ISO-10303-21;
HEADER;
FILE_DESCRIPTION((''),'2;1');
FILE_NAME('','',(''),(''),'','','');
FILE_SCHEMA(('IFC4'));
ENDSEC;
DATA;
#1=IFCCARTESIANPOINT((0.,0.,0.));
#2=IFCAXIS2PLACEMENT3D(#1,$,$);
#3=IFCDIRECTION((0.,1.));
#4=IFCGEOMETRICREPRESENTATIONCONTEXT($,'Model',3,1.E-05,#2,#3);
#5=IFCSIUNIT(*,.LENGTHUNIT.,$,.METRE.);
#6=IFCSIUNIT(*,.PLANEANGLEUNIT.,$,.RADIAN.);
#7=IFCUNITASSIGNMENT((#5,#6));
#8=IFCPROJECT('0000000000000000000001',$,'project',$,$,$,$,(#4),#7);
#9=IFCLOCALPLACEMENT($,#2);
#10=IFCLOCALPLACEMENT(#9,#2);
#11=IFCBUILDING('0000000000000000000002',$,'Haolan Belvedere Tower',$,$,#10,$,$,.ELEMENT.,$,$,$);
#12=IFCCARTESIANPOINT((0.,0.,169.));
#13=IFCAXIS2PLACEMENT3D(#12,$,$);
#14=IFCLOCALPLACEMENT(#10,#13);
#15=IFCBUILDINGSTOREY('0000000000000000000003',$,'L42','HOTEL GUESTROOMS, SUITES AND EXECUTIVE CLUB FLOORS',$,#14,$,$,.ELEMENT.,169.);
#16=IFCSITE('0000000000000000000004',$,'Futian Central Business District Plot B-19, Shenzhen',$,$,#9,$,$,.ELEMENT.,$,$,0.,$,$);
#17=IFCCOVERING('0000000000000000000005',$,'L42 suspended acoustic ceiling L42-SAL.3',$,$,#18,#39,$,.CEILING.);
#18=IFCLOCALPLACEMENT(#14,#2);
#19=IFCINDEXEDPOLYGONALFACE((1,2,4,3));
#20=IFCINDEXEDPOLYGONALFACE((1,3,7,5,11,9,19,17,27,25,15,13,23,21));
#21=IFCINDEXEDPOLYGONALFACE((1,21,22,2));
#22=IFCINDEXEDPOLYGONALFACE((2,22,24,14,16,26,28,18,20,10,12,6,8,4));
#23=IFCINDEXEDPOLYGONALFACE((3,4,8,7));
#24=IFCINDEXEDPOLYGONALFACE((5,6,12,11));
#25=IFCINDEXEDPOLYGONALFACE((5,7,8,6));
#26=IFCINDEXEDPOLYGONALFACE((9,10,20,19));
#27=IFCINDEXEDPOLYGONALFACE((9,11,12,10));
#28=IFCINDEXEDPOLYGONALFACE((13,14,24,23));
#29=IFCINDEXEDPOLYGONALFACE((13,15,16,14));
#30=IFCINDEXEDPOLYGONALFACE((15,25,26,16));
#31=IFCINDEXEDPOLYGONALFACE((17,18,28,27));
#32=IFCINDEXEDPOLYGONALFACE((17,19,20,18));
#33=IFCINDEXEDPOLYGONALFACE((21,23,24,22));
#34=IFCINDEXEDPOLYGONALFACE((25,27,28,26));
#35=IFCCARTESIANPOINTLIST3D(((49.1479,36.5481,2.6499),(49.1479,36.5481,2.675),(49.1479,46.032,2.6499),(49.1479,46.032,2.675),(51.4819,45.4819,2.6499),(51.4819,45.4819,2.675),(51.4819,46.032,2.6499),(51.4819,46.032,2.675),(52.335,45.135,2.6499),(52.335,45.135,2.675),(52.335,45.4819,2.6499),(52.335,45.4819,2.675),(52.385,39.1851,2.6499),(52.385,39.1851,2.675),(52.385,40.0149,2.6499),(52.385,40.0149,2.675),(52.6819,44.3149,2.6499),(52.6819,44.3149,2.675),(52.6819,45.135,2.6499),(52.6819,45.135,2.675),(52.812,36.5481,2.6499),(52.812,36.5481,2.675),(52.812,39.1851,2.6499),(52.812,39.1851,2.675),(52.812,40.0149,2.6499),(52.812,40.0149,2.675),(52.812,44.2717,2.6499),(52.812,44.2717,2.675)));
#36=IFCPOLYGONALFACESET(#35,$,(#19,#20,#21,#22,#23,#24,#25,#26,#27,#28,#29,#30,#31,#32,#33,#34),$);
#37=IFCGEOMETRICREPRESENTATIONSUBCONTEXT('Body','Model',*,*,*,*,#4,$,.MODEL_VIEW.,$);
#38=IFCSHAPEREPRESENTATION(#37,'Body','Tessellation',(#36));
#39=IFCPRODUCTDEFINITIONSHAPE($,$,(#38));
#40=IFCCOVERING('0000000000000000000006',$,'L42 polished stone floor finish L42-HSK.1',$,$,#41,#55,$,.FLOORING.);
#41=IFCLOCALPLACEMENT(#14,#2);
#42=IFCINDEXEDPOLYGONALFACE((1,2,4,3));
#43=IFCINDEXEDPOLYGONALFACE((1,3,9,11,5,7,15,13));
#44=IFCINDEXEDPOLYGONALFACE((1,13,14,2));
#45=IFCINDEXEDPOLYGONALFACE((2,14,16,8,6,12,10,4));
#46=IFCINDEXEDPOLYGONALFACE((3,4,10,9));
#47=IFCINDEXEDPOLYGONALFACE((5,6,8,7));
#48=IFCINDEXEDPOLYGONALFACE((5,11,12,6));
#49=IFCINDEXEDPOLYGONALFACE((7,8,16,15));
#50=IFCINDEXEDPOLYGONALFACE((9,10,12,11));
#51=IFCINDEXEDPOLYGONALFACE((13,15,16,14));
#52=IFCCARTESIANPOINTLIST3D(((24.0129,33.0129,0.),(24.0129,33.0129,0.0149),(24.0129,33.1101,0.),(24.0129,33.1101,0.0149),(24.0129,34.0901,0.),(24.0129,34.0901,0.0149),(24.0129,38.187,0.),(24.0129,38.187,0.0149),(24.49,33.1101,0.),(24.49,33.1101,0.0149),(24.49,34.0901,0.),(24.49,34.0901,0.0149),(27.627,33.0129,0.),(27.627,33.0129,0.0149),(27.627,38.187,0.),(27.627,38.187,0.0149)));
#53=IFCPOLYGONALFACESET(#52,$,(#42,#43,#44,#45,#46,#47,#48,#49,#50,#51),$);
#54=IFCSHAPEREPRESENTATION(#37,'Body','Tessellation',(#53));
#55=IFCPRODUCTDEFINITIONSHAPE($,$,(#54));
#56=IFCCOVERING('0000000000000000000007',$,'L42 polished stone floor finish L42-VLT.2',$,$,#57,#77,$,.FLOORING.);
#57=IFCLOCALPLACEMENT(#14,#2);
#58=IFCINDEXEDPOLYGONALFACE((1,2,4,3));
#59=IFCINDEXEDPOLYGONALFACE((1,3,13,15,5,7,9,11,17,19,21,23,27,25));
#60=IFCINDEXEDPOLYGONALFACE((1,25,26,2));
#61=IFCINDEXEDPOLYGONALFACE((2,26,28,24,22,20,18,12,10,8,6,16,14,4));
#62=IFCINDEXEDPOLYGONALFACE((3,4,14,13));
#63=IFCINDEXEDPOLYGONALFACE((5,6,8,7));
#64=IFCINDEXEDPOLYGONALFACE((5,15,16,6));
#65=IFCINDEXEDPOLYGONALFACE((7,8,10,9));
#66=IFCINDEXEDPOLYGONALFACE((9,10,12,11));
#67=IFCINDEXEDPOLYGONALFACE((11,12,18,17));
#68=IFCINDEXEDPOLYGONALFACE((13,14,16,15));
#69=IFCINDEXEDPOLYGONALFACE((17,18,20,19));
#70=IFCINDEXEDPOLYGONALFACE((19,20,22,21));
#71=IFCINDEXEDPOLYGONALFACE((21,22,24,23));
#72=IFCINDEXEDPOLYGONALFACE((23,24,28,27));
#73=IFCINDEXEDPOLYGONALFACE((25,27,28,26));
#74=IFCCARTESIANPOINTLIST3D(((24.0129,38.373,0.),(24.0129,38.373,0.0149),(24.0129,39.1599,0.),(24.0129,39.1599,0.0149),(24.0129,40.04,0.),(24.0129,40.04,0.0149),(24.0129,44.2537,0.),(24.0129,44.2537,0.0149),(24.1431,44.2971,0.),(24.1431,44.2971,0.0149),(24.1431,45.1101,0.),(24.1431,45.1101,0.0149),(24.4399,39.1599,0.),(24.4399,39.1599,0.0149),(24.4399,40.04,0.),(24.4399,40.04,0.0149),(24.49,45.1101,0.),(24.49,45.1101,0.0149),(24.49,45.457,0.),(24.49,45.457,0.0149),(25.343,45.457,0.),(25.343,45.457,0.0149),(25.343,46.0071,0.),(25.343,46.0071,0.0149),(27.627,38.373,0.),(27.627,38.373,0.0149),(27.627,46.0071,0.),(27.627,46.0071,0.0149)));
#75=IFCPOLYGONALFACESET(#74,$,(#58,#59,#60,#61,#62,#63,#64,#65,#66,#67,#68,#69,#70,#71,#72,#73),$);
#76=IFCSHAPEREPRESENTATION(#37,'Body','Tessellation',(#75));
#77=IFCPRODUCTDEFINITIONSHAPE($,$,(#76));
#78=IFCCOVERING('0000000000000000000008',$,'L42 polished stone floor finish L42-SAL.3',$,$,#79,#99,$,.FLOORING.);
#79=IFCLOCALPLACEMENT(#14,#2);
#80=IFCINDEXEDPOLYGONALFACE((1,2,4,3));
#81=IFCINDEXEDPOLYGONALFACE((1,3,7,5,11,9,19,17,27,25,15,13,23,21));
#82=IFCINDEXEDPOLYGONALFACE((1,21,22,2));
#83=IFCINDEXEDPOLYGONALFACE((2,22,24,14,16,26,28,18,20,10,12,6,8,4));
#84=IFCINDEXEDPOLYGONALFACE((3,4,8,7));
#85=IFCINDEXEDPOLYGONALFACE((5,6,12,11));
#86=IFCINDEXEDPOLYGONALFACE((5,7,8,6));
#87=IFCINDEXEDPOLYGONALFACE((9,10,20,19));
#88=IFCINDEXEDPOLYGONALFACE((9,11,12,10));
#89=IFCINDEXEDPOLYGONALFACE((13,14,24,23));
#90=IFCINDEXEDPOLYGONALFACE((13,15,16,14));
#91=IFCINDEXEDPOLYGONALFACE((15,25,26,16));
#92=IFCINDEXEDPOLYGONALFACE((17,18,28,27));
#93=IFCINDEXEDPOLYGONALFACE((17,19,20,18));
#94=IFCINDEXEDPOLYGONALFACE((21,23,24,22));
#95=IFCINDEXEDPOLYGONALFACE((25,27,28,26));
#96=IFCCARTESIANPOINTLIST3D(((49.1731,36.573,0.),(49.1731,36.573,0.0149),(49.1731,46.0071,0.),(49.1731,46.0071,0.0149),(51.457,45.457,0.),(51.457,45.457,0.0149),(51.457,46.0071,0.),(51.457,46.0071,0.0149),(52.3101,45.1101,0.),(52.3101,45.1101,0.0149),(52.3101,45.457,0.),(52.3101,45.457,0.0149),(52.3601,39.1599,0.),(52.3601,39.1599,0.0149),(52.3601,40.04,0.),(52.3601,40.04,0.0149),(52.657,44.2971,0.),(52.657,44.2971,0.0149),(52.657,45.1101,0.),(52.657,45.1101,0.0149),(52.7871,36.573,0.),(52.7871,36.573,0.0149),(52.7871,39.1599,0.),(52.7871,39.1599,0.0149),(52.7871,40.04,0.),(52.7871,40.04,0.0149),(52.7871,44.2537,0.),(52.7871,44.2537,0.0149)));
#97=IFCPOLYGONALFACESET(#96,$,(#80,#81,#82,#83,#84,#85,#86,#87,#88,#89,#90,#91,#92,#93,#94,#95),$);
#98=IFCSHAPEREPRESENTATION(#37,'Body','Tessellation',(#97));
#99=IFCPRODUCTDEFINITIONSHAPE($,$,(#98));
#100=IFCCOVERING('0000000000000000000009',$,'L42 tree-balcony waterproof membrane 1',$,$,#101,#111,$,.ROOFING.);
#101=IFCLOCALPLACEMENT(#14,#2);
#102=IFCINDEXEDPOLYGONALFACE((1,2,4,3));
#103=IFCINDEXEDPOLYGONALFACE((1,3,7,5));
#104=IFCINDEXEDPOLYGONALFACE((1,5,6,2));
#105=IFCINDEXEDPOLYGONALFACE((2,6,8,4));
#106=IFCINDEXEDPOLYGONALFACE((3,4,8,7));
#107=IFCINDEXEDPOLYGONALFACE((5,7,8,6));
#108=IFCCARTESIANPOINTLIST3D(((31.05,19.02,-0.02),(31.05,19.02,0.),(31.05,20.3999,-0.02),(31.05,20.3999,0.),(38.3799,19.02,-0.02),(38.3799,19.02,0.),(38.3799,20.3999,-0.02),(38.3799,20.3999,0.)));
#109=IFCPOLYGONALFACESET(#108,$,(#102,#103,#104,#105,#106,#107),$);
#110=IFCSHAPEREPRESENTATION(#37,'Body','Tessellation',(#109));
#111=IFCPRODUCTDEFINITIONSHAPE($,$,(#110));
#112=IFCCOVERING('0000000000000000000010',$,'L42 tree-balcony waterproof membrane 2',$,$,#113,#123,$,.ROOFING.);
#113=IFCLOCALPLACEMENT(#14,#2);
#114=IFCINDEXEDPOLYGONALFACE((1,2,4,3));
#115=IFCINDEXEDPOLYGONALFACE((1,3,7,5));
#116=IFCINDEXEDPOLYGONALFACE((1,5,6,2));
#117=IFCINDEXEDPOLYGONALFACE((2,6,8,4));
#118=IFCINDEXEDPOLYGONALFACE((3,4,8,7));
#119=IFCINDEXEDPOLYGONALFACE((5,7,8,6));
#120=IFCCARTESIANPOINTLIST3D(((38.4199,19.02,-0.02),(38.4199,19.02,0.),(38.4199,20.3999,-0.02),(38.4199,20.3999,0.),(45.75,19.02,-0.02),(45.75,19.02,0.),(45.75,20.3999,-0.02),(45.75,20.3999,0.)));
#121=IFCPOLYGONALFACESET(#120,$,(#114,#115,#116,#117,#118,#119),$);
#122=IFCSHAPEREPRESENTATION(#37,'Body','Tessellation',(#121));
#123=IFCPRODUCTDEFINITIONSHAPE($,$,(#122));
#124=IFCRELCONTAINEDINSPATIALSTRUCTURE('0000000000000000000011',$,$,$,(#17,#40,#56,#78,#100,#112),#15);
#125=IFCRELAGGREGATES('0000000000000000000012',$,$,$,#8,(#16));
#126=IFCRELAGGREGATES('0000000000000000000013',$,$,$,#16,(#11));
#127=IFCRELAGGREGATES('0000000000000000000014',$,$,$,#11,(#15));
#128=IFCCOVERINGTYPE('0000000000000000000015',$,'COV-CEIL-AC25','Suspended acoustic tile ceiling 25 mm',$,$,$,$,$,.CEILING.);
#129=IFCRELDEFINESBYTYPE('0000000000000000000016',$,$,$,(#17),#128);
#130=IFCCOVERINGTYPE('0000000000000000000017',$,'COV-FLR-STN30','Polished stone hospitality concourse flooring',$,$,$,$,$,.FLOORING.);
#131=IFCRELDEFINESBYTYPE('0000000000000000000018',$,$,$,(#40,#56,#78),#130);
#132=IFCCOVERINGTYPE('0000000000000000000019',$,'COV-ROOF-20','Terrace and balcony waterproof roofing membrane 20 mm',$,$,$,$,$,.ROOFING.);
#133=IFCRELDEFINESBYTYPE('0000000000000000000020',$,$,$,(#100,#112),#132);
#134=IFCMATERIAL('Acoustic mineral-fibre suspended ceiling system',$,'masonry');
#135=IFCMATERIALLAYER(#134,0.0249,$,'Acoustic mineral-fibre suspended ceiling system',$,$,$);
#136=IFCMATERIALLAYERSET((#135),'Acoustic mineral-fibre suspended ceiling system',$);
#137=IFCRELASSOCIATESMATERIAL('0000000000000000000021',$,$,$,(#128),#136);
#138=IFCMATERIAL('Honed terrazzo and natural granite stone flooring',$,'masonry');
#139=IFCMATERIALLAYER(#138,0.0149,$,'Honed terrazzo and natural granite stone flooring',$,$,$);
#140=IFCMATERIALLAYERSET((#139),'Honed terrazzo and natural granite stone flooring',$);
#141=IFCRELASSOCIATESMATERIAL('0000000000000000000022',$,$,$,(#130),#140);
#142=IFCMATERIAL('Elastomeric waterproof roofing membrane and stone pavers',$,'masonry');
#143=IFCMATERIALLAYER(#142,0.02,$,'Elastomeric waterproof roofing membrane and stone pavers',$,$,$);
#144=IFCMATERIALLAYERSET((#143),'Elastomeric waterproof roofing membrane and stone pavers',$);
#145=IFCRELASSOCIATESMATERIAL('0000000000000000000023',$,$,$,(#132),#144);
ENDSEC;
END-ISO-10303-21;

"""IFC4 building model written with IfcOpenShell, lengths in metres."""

from ifc_helpers import new_model, si_unit, direction, frame, origin, place, context, subcontext, project, spatial, polyline, outline, extrude, material, layer, layer_set, type_object, element, save


model = new_model("IFC4")

# Units and contexts
model_context = context("Model", 3, precision=1e-05, world=origin(), true_north=direction((0.0, 1.0)))
body_context = subcontext(model_context, "Body", "Model", "MODEL_VIEW")
ifc_project = project(units=[si_unit("LENGTHUNIT", "METRE"), si_unit("PLANEANGLEUNIT", "RADIAN")], contexts=[model_context])

# Site, building, storey
site_placement = place(None, origin())
site = spatial("IfcSite", under=ifc_project, at=site_placement, Name="Futian Central Business District Plot B-19, Shenzhen", CompositionType="ELEMENT", RefElevation=0.0)
building_placement = place(site_placement, origin())
building = spatial("IfcBuilding", under=site, at=building_placement, Name="Haolan Belvedere Tower", CompositionType="ELEMENT")
storey_placement = place(building_placement, frame((0.0, 0.0, 169.0)))
storey = spatial("IfcBuildingStorey", under=building, at=storey_placement, Name="L42", Description="HOTEL GUESTROOMS, SUITES AND EXECUTIVE CLUB FLOORS", CompositionType="ELEMENT", Elevation=169.0)

# Coverings
ifc_material_1 = material(Name="Acoustic mineral-fibre suspended ceiling system", Category="masonry")
ifc_layer_1 = layer(ifc_material_1, 0.0249, Name="Acoustic mineral-fibre suspended ceiling system")
ifc_layer_set_1 = layer_set([ifc_layer_1], Name="Acoustic mineral-fibre suspended ceiling system")
covering_type_1 = type_object("IfcCoveringType", Name="COV-CEIL-AC25", Description="Suspended acoustic tile ceiling 25 mm", PredefinedType="CEILING", material=ifc_layer_set_1)
covering_1_placement = place(storey_placement, frame((0.0, 0.0, 2.6499)))
element("IfcCovering", 1, at=covering_1_placement, inside=storey, type_object=covering_type_1, Name="L42 suspended acoustic ceiling L42-SAL.3", PredefinedType="CEILING", context=body_context, shape_type="SweptSolid", body=[
    extrude(outline(polyline([(51.4819, 46.032), (49.1479, 46.032), (49.1479, 36.5481), (52.812, 36.5481), (52.812, 39.1851), (52.385, 39.1851), (52.385, 40.0149), (52.812, 40.0149), (52.812, 44.2717), (52.6819, 44.3149), (52.6819, 45.135), (52.335, 45.135), (52.335, 45.4819), (51.4819, 45.4819), (51.4819, 46.032)])), origin(), (0.0, 0.0, 1.0), 0.0251),
])
ifc_material_2 = material(Name="Honed terrazzo and natural granite stone flooring", Category="masonry")
ifc_layer_2 = layer(ifc_material_2, 0.0149, Name="Honed terrazzo and natural granite stone flooring")
ifc_layer_set_2 = layer_set([ifc_layer_2], Name="Honed terrazzo and natural granite stone flooring")
covering_type_2 = type_object("IfcCoveringType", Name="COV-FLR-STN30", Description="Polished stone hospitality concourse flooring", PredefinedType="FLOORING", material=ifc_layer_set_2)
covering_2_placement = place(storey_placement, origin())
element("IfcCovering", 2, at=covering_2_placement, inside=storey, type_object=covering_type_2, Name="L42 polished stone floor finish L42-HSK.1", PredefinedType="FLOORING", context=body_context, shape_type="SweptSolid", body=[
    extrude(outline(polyline([(27.627, 38.187), (24.0129, 38.187), (24.0129, 34.0901), (24.49, 34.0901), (24.49, 33.1101), (24.0129, 33.1101), (24.0129, 33.0129), (27.627, 33.0129), (27.627, 38.187)])), origin(), (0.0, 0.0, 1.0), 0.0149),
])
covering_3_placement = place(storey_placement, origin())
element("IfcCovering", 3, at=covering_3_placement, inside=storey, type_object=covering_type_2, Name="L42 polished stone floor finish L42-VLT.2", PredefinedType="FLOORING", context=body_context, shape_type="SweptSolid", body=[
    extrude(outline(polyline([(24.4399, 40.04), (24.4399, 39.1599), (24.0129, 39.1599), (24.0129, 38.373), (27.627, 38.373), (27.627, 46.0071), (25.343, 46.0071), (25.343, 45.457), (24.49, 45.457), (24.49, 45.1101), (24.1431, 45.1101), (24.1431, 44.2971), (24.0129, 44.2537), (24.0129, 40.04), (24.4399, 40.04)])), origin(), (0.0, 0.0, 1.0), 0.0149),
])
covering_4_placement = place(storey_placement, origin())
element("IfcCovering", 4, at=covering_4_placement, inside=storey, type_object=covering_type_2, Name="L42 polished stone floor finish L42-SAL.3", PredefinedType="FLOORING", context=body_context, shape_type="SweptSolid", body=[
    extrude(outline(polyline([(49.1731, 46.0071), (49.1731, 36.573), (52.7871, 36.573), (52.7871, 39.1599), (52.3601, 39.1599), (52.3601, 40.04), (52.7871, 40.04), (52.7871, 44.2537), (52.657, 44.2971), (52.657, 45.1101), (52.3101, 45.1101), (52.3101, 45.457), (51.457, 45.457), (51.457, 46.0071), (49.1731, 46.0071)])), origin(), (0.0, 0.0, 1.0), 0.0149),
])
ifc_material_3 = material(Name="Elastomeric waterproof roofing membrane and stone pavers", Category="masonry")
ifc_layer_3 = layer(ifc_material_3, 0.02, Name="Elastomeric waterproof roofing membrane and stone pavers")
ifc_layer_set_3 = layer_set([ifc_layer_3], Name="Elastomeric waterproof roofing membrane and stone pavers")
covering_type_3 = type_object("IfcCoveringType", Name="COV-ROOF-20", Description="Terrace and balcony waterproof roofing membrane 20 mm", PredefinedType="ROOFING", material=ifc_layer_set_3)
covering_5_placement = place(storey_placement, frame((0.0, 0.0, -0.02)))
element("IfcCovering", 5, at=covering_5_placement, inside=storey, type_object=covering_type_3, Name="L42 tree-balcony waterproof membrane 1", PredefinedType="ROOFING", context=body_context, shape_type="SweptSolid", body=[
    extrude(outline(polyline([(31.05, 19.02), (38.3799, 19.02), (38.3799, 20.3999), (31.05, 20.3999), (31.05, 19.02)])), origin(), (0.0, 0.0, 1.0), 0.02),
])
covering_6_placement = place(storey_placement, frame((0.0, 0.0, -0.02)))
element("IfcCovering", 6, at=covering_6_placement, inside=storey, type_object=covering_type_3, Name="L42 tree-balcony waterproof membrane 2", PredefinedType="ROOFING", context=body_context, shape_type="SweptSolid", body=[
    extrude(outline(polyline([(38.4199, 19.02), (45.75, 19.02), (45.75, 20.3999), (38.4199, 20.3999), (38.4199, 19.02)])), origin(), (0.0, 0.0, 1.0), 0.02),
])

save(model, "model.ifc")
